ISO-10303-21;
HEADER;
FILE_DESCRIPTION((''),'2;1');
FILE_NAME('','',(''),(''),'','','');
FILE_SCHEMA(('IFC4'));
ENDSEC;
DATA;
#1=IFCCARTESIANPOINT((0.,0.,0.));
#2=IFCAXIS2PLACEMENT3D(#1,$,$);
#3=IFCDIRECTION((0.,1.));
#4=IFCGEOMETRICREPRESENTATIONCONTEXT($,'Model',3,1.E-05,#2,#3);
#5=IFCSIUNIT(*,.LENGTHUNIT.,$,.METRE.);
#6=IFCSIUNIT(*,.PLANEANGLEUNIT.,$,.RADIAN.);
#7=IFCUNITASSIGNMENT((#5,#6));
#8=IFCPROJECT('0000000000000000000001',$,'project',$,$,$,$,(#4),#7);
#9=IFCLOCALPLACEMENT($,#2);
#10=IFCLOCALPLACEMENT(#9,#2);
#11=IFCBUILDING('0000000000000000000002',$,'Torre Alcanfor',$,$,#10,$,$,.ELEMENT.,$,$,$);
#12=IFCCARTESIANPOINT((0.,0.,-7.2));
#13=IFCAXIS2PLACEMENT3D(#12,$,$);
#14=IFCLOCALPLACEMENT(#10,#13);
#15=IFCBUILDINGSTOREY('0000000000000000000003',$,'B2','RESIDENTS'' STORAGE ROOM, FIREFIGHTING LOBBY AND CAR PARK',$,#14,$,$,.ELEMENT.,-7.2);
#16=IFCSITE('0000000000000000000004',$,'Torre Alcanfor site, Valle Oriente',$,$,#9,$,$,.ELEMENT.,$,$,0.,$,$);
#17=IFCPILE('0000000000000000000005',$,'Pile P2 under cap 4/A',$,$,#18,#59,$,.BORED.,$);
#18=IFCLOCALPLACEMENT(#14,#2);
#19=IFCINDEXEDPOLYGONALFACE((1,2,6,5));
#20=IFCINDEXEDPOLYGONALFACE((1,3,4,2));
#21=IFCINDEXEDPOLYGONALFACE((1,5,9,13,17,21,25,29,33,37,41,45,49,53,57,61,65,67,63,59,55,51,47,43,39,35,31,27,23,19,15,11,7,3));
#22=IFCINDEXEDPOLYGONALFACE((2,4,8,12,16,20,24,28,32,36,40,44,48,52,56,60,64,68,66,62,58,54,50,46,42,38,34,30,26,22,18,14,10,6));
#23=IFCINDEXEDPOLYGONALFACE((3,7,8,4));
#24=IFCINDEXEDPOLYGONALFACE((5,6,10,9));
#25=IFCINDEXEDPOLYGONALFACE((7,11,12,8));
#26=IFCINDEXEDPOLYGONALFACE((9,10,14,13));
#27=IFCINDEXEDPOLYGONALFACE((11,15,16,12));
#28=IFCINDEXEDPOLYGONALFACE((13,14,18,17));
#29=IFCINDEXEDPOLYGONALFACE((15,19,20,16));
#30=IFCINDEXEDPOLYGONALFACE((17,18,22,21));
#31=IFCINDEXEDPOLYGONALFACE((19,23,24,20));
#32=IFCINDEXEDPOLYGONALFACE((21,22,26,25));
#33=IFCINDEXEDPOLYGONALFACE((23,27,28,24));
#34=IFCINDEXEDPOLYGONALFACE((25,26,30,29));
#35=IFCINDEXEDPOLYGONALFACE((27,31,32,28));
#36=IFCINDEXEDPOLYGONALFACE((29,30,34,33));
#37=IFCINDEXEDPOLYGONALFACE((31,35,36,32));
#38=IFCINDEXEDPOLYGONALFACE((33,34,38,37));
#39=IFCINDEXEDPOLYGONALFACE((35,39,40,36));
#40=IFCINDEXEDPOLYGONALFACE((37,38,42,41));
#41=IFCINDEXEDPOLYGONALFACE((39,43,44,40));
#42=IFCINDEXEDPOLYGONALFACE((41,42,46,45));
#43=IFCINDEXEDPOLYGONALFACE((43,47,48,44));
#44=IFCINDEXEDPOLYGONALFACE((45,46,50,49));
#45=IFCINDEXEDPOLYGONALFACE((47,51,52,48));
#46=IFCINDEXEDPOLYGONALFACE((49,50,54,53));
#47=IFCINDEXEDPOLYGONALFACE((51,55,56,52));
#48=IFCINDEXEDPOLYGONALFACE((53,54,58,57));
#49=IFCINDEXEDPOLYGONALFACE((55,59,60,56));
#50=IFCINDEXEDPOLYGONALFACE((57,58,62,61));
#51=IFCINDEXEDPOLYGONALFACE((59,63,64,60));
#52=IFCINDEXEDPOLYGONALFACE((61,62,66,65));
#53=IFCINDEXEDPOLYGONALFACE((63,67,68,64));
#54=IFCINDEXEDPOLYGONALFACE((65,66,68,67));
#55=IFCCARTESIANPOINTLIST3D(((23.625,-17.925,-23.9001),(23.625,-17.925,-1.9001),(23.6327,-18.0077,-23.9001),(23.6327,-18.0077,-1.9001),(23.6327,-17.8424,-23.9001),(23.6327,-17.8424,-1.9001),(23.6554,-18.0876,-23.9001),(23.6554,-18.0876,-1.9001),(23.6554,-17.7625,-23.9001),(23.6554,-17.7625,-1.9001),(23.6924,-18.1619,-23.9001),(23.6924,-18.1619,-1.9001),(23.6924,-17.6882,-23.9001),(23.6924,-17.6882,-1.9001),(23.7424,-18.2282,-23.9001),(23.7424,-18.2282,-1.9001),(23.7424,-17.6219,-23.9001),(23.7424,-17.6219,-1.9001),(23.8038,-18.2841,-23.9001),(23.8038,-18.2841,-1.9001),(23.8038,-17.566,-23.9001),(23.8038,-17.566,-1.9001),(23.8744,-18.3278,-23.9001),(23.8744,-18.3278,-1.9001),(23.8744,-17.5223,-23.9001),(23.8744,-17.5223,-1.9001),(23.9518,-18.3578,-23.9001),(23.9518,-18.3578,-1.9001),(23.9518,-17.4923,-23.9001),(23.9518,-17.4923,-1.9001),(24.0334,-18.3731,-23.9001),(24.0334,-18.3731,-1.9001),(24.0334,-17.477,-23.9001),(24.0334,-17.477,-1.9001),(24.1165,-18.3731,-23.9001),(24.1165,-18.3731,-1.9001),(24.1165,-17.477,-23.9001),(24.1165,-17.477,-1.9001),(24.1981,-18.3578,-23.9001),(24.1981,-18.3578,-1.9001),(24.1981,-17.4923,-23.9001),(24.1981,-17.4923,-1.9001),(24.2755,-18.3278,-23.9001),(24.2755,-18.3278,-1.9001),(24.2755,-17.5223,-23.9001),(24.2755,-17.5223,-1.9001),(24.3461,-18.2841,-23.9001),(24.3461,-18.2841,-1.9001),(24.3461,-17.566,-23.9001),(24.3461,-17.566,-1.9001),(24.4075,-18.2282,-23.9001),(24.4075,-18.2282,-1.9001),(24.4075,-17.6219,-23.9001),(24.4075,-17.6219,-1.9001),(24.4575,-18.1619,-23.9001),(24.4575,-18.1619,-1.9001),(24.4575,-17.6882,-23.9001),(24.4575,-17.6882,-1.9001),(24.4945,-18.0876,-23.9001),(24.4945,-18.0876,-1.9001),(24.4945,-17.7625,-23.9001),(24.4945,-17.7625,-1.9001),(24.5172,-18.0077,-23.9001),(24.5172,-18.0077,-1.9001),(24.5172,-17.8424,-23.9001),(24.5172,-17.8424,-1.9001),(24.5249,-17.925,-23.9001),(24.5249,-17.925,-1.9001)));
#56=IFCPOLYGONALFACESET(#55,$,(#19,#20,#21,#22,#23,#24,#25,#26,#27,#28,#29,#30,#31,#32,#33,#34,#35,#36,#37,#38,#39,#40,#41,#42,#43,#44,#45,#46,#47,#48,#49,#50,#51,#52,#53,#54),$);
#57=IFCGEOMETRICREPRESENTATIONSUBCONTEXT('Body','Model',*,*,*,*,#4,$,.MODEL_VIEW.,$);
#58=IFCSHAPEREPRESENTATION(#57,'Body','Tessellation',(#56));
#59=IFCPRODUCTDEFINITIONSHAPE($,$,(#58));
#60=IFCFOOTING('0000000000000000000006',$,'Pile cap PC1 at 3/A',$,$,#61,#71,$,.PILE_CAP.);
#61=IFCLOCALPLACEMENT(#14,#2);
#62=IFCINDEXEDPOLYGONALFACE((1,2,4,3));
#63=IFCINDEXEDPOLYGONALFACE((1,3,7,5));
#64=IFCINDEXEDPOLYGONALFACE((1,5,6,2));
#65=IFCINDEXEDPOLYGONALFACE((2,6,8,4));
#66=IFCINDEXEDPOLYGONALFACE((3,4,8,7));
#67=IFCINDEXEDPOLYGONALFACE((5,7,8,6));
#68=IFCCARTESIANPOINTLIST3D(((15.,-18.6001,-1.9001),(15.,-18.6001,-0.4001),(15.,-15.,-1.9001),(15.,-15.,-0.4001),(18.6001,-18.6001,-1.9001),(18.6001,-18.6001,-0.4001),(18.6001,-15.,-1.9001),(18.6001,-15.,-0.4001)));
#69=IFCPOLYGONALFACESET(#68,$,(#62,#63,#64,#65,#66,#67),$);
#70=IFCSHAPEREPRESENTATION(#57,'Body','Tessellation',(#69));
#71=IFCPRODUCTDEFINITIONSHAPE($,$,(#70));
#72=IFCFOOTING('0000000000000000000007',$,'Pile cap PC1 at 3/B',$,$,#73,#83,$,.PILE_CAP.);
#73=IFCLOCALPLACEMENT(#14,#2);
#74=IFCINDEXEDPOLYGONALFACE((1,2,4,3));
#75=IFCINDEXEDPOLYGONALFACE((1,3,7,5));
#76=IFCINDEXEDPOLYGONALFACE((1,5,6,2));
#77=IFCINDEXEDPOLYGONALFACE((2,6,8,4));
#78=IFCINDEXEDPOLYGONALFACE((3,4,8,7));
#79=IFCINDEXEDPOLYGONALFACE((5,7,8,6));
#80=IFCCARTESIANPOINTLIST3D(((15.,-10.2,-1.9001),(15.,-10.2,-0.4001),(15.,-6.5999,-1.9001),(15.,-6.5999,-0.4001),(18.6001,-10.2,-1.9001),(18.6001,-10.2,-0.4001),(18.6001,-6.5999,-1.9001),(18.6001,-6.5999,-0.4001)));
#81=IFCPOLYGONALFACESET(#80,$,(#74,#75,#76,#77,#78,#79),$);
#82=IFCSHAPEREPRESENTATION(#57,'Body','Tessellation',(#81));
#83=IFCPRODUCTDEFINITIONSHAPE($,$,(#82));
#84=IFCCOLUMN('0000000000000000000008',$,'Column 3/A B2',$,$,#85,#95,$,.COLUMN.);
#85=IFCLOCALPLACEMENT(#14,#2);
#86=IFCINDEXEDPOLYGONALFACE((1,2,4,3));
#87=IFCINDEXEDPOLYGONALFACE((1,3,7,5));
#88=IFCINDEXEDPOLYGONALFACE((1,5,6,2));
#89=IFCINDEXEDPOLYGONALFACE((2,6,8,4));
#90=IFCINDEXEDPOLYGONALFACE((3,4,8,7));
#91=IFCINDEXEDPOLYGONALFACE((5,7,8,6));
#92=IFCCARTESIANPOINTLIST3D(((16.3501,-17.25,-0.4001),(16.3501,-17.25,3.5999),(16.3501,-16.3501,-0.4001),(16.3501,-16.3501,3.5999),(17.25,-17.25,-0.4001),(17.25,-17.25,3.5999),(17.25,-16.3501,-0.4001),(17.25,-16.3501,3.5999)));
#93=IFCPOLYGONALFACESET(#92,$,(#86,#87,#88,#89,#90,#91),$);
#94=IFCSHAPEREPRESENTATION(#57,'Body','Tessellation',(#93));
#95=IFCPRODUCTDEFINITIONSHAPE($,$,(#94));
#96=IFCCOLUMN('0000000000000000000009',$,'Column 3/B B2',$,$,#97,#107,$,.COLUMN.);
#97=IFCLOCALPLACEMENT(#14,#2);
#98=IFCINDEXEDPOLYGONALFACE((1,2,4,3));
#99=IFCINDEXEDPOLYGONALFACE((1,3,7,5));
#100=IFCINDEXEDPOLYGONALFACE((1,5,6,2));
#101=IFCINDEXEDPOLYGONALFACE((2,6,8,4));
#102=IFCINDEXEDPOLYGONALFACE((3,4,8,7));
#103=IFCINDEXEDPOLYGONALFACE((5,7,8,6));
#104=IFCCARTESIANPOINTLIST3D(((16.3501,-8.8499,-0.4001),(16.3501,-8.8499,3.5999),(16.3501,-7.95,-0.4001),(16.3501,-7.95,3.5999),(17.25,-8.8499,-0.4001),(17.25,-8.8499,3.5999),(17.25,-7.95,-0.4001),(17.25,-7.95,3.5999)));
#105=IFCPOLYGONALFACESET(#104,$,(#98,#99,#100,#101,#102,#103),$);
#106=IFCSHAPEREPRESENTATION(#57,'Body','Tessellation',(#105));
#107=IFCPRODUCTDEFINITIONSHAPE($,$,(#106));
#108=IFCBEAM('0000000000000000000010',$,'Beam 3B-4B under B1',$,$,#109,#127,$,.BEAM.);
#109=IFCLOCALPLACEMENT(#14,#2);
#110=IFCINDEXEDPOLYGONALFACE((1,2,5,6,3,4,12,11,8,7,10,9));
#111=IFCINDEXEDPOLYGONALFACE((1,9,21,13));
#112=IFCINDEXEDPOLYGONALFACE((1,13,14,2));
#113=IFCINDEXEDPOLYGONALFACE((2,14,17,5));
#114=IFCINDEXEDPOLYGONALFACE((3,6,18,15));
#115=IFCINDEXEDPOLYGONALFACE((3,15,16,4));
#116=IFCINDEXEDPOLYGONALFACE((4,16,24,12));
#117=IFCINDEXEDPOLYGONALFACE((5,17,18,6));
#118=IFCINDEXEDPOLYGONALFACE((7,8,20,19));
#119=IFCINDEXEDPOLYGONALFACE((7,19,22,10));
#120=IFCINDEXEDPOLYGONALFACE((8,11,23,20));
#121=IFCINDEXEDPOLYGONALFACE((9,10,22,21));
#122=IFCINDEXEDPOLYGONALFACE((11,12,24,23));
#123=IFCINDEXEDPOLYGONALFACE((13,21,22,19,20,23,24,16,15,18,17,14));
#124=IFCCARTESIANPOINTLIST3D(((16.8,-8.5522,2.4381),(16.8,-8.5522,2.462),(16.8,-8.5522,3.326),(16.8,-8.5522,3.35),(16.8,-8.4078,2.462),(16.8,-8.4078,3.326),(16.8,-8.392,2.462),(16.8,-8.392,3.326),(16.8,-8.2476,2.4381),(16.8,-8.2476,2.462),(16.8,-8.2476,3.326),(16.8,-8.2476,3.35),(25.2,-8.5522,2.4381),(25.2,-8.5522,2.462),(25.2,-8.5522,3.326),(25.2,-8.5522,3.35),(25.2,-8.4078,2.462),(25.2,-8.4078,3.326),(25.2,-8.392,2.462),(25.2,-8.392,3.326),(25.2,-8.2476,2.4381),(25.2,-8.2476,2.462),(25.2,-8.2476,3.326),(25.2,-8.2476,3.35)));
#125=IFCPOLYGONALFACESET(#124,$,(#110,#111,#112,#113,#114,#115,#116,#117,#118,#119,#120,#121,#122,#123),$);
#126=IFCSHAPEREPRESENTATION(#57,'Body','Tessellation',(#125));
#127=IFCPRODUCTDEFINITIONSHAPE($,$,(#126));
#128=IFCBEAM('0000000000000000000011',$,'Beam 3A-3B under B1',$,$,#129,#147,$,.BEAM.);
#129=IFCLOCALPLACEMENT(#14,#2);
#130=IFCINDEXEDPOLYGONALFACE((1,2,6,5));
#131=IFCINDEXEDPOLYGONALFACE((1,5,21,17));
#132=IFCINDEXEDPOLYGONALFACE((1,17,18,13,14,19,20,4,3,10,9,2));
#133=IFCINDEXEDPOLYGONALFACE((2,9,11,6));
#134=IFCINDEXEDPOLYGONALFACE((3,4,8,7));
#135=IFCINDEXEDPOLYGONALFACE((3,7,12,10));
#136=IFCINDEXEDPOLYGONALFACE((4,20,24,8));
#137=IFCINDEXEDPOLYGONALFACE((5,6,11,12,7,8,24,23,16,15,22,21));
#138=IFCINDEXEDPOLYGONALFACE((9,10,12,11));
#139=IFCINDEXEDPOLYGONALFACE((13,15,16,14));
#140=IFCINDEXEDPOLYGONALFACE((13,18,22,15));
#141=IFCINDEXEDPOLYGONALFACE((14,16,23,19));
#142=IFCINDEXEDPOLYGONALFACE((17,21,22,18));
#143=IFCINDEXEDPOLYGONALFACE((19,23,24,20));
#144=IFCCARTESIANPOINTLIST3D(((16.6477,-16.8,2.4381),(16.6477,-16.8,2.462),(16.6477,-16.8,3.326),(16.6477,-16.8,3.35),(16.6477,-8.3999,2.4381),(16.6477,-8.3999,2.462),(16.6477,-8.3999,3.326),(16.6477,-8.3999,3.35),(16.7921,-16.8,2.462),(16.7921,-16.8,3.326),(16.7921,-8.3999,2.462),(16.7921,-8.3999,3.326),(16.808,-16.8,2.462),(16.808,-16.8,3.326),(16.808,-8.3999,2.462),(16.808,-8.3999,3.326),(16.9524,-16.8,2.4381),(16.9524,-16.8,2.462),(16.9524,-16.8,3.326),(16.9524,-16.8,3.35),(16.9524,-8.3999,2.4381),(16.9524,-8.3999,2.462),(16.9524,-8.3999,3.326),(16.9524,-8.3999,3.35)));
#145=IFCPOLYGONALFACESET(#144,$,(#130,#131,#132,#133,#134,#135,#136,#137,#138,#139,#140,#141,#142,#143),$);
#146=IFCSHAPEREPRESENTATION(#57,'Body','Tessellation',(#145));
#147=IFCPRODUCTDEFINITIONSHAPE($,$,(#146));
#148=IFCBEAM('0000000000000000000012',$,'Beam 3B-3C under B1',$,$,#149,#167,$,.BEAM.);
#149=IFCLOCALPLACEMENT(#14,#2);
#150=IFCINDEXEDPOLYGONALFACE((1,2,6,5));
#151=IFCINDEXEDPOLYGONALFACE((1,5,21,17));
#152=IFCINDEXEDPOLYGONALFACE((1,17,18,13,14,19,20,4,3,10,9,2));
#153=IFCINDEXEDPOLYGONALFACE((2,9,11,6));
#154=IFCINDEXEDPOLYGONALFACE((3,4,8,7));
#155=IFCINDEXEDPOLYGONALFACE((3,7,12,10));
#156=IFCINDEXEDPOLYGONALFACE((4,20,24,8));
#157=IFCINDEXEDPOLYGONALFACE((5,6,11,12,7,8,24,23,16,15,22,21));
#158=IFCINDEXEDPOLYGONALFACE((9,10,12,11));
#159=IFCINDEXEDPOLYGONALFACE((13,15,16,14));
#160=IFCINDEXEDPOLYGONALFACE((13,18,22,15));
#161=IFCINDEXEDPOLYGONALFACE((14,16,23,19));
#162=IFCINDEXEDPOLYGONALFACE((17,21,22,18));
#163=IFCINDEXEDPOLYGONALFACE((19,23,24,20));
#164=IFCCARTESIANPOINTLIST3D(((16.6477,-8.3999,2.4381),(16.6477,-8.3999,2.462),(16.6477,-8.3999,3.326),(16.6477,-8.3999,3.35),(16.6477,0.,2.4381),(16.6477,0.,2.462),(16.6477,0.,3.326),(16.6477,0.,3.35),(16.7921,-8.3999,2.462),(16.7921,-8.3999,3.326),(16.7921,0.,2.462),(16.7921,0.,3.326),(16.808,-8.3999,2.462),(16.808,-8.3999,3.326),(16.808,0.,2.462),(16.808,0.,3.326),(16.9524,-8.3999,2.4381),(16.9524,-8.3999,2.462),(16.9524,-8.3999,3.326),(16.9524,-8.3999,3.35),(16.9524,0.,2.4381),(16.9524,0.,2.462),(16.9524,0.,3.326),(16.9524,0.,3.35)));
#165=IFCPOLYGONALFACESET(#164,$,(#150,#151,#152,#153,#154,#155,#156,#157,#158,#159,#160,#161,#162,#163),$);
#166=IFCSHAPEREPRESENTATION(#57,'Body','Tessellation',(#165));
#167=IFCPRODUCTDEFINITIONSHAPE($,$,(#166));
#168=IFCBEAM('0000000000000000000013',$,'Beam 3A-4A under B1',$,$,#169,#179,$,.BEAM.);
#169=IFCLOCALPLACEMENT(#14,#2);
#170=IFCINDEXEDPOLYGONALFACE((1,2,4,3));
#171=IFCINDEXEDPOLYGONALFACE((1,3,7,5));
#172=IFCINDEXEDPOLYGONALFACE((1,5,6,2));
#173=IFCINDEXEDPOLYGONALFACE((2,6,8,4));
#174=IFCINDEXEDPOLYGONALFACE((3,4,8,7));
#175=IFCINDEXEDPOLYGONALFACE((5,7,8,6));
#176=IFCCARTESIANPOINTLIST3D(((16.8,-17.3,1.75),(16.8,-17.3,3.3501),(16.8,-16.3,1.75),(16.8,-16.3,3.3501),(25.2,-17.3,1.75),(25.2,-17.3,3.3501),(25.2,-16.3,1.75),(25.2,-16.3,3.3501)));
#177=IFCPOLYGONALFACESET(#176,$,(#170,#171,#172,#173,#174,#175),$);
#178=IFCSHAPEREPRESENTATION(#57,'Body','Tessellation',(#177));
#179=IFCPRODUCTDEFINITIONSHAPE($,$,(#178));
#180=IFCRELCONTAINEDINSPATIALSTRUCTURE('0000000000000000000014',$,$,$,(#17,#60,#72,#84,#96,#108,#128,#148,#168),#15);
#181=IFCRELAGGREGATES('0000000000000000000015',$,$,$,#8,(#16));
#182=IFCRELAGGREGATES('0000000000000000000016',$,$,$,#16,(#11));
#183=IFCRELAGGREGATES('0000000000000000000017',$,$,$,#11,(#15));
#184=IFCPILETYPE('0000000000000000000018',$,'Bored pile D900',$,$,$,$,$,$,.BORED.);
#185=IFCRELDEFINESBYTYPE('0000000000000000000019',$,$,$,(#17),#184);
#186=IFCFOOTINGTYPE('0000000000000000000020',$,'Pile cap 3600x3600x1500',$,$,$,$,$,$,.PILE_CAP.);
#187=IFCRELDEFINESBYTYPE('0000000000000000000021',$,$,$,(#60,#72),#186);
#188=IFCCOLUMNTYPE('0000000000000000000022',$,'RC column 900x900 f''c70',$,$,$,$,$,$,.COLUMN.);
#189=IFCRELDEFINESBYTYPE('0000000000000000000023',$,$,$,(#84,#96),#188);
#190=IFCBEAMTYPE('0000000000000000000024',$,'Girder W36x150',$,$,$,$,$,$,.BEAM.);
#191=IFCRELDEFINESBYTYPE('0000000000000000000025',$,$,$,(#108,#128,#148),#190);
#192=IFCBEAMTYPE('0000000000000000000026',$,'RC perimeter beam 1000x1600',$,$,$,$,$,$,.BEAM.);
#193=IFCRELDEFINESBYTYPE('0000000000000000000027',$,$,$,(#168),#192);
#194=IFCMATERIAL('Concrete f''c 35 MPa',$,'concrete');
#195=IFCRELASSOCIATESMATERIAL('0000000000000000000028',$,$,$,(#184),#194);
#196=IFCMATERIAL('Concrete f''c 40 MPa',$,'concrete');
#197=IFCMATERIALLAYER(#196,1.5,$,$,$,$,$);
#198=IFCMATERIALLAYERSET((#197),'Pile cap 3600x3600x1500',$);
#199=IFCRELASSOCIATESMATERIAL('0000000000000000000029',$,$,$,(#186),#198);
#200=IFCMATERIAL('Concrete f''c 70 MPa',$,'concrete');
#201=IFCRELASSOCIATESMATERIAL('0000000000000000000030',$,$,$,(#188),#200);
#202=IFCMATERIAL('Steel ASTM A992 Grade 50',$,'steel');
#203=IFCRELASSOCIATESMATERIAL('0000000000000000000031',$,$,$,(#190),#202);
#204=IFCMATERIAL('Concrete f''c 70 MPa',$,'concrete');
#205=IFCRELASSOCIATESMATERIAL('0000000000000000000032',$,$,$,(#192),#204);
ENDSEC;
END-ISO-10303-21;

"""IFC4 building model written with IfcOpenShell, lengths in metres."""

from ifc_helpers import new_model, si_unit, direction, frame, origin, origin_2d, place, context, subcontext, project, spatial, rectangle, circle, i_section, extrude, material, layer, layer_set, material_profile, profile_set, type_object, element, save


model = new_model("IFC4")

# Units and contexts
model_context = context("Model", 3, precision=1e-05, world=origin(), true_north=direction((0.0, 1.0)))
body_context = subcontext(model_context, "Body", "Model", "MODEL_VIEW")
ifc_project = project(units=[si_unit("LENGTHUNIT", "METRE"), si_unit("PLANEANGLEUNIT", "RADIAN")], contexts=[model_context])

# Site, building, storey
site_placement = place(None, origin())
site = spatial("IfcSite", under=ifc_project, at=site_placement, Name="Torre Alcanfor site, Valle Oriente", CompositionType="ELEMENT", RefElevation=0.0)
building_placement = place(site_placement, origin())
building = spatial("IfcBuilding", under=site, at=building_placement, Name="Torre Alcanfor", CompositionType="ELEMENT")
storey_placement = place(building_placement, frame((0.0, 0.0, -7.2)))
storey = spatial("IfcBuildingStorey", under=building, at=storey_placement, Name="B2", Description="RESIDENTS' STORAGE ROOM, FIREFIGHTING LOBBY AND CAR PARK", CompositionType="ELEMENT", Elevation=-7.2)

# Pile
ifc_material_1 = material(Name="Concrete f'c 35 MPa", Category="concrete")
ifc_material_profile_1 = material_profile(ifc_material_1, circle(Radius=0.45, at=origin_2d()), Name="D900")
ifc_profile_set_1 = profile_set([ifc_material_profile_1], Name="Concrete f'c 35 MPa")
pile_type = type_object("IfcPileType", Name="Bored pile D900", PredefinedType="BORED", material=ifc_profile_set_1)
for number, where, z_axis, x_axis, name in (
    (1, (24.075, -17.925, -1.9001), (0.0, 0.0, -1.0), (1.0, 0.0, 0.0), "Pile P2 under cap 4/A"),
):
    element("IfcPile", number, at=place(storey_placement, frame(where, z_axis=z_axis, x_axis=x_axis)), inside=storey, type_object=pile_type, Name=name, PredefinedType="BORED", context=body_context, shape_type="SweptSolid", body=[
        extrude(circle(Radius=0.45, at=origin_2d()), origin(), (0.0, 0.0, 1.0), 22.0),
    ])

# Footings
ifc_material_2 = material(Name="Concrete f'c 40 MPa", Category="concrete")
ifc_layer_1 = layer(ifc_material_2, 1.5)
ifc_layer_set_1 = layer_set([ifc_layer_1], Name="Pile cap 3600x3600x1500")
footing_type = type_object("IfcFootingType", Name="Pile cap 3600x3600x1500", PredefinedType="PILE_CAP", material=ifc_layer_set_1)
for number, where, z_axis, x_axis, name in (
    (2, (16.8, -16.8, -1.9001), (0.0, 0.0, 1.0), (1.0, 0.0, 0.0), "Pile cap PC1 at 3/A"),
    (3, (16.8, -8.3999, -1.9001), (0.0, 0.0, 1.0), (1.0, 0.0, 0.0), "Pile cap PC1 at 3/B"),
):
    element("IfcFooting", number, at=place(storey_placement, frame(where, z_axis=z_axis, x_axis=x_axis)), inside=storey, type_object=footing_type, Name=name, PredefinedType="PILE_CAP", context=body_context, shape_type="SweptSolid", body=[
        extrude(rectangle(XDim=3.6001, YDim=3.6001, at=origin_2d()), origin(), (0.0, 0.0, 1.0), 1.5),
    ])

# Columns
ifc_material_3 = material(Name="Concrete f'c 70 MPa", Category="concrete")
ifc_material_profile_2 = material_profile(ifc_material_3, rectangle(XDim=0.8999, YDim=0.8999, at=origin_2d()), Name="900x900")
ifc_profile_set_2 = profile_set([ifc_material_profile_2], Name="Concrete f'c 70 MPa")
column_type = type_object("IfcColumnType", Name="RC column 900x900 f'c70", PredefinedType="COLUMN", material=ifc_profile_set_2)
for number, where, z_axis, x_axis, name in (
    (4, (16.8, -16.8, -0.4001), (0.0, 0.0, 1.0), (1.0, 0.0, 0.0), "Column 3/A B2"),
    (5, (16.8, -8.3999, -0.4001), (0.0, 0.0, 1.0), (1.0, 0.0, 0.0), "Column 3/B B2"),
):
    element("IfcColumn", number, at=place(storey_placement, frame(where, z_axis=z_axis, x_axis=x_axis)), inside=storey, type_object=column_type, Name=name, PredefinedType="COLUMN", context=body_context, shape_type="SweptSolid", body=[
        extrude(rectangle(XDim=0.8999, YDim=0.8999, at=origin_2d()), origin(), (0.0, 0.0, 1.0), 4.0),
    ])

# Beams
ifc_material_4 = material(Name="Steel ASTM A992 Grade 50", Category="steel")
ifc_material_profile_3 = material_profile(ifc_material_4, i_section(OverallWidth=0.3047, OverallDepth=0.9119, WebThickness=0.0159, FlangeThickness=0.0239, at=origin_2d()), Name="W36x150")
ifc_profile_set_3 = profile_set([ifc_material_profile_3], Name="Steel ASTM A992 Grade 50")
beam_type_1 = type_object("IfcBeamType", Name="Girder W36x150", PredefinedType="BEAM", material=ifc_profile_set_3)
beam_1_placement = place(storey_placement, frame((16.8, -8.3999, 2.894), z_axis=(1.0, 0.0, 0.0), x_axis=(0.0, 1.0, 0.0)))
element("IfcBeam", 6, at=beam_1_placement, inside=storey, type_object=beam_type_1, Name="Beam 3B-4B under B1", PredefinedType="BEAM", context=body_context, shape_type="SweptSolid", body=[
    extrude(i_section(OverallWidth=0.3047, OverallDepth=0.9119, WebThickness=0.0159, FlangeThickness=0.0239, at=origin_2d()), origin(), (0.0, 0.0, 1.0), 8.3999),
])
beam_2_placement = place(storey_placement, frame((16.8, -16.8, 2.894), z_axis=(0.0, 1.0, 0.0), x_axis=(-1.0, 0.0, 0.0)))
element("IfcBeam", 7, at=beam_2_placement, inside=storey, type_object=beam_type_1, Name="Beam 3A-3B under B1", PredefinedType="BEAM", context=body_context, shape_type="SweptSolid", body=[
    extrude(i_section(OverallWidth=0.3047, OverallDepth=0.9119, WebThickness=0.0159, FlangeThickness=0.0239, at=origin_2d()), origin(), (0.0, 0.0, 1.0), 8.4001),
])
beam_3_placement = place(storey_placement, frame((16.8, -8.3999, 2.894), z_axis=(0.0, 1.0, 0.0), x_axis=(-1.0, 0.0, 0.0)))
element("IfcBeam", 8, at=beam_3_placement, inside=storey, type_object=beam_type_1, Name="Beam 3B-3C under B1", PredefinedType="BEAM", context=body_context, shape_type="SweptSolid", body=[
    extrude(i_section(OverallWidth=0.3047, OverallDepth=0.9119, WebThickness=0.0159, FlangeThickness=0.0239, at=origin_2d()), origin(), (0.0, 0.0, 1.0), 8.3999),
])
ifc_material_5 = material(Name="Concrete f'c 70 MPa", Category="concrete")
ifc_material_profile_4 = material_profile(ifc_material_5, rectangle(XDim=1.0, YDim=1.6001, at=origin_2d()), Name="1000x1600")
ifc_profile_set_4 = profile_set([ifc_material_profile_4], Name="Concrete f'c 70 MPa")
beam_type_2 = type_object("IfcBeamType", Name="RC perimeter beam 1000x1600", PredefinedType="BEAM", material=ifc_profile_set_4)
beam_4_placement = place(storey_placement, frame((16.8, -16.8, 2.55), z_axis=(1.0, 0.0, 0.0), x_axis=(0.0, 1.0, 0.0)))
element("IfcBeam", 9, at=beam_4_placement, inside=storey, type_object=beam_type_2, Name="Beam 3A-4A under B1", PredefinedType="BEAM", context=body_context, shape_type="SweptSolid", body=[
    extrude(rectangle(XDim=1.0, YDim=1.6001, at=origin_2d()), origin(), (0.0, 0.0, 1.0), 8.3999),
])

save(model, "model.ifc")
